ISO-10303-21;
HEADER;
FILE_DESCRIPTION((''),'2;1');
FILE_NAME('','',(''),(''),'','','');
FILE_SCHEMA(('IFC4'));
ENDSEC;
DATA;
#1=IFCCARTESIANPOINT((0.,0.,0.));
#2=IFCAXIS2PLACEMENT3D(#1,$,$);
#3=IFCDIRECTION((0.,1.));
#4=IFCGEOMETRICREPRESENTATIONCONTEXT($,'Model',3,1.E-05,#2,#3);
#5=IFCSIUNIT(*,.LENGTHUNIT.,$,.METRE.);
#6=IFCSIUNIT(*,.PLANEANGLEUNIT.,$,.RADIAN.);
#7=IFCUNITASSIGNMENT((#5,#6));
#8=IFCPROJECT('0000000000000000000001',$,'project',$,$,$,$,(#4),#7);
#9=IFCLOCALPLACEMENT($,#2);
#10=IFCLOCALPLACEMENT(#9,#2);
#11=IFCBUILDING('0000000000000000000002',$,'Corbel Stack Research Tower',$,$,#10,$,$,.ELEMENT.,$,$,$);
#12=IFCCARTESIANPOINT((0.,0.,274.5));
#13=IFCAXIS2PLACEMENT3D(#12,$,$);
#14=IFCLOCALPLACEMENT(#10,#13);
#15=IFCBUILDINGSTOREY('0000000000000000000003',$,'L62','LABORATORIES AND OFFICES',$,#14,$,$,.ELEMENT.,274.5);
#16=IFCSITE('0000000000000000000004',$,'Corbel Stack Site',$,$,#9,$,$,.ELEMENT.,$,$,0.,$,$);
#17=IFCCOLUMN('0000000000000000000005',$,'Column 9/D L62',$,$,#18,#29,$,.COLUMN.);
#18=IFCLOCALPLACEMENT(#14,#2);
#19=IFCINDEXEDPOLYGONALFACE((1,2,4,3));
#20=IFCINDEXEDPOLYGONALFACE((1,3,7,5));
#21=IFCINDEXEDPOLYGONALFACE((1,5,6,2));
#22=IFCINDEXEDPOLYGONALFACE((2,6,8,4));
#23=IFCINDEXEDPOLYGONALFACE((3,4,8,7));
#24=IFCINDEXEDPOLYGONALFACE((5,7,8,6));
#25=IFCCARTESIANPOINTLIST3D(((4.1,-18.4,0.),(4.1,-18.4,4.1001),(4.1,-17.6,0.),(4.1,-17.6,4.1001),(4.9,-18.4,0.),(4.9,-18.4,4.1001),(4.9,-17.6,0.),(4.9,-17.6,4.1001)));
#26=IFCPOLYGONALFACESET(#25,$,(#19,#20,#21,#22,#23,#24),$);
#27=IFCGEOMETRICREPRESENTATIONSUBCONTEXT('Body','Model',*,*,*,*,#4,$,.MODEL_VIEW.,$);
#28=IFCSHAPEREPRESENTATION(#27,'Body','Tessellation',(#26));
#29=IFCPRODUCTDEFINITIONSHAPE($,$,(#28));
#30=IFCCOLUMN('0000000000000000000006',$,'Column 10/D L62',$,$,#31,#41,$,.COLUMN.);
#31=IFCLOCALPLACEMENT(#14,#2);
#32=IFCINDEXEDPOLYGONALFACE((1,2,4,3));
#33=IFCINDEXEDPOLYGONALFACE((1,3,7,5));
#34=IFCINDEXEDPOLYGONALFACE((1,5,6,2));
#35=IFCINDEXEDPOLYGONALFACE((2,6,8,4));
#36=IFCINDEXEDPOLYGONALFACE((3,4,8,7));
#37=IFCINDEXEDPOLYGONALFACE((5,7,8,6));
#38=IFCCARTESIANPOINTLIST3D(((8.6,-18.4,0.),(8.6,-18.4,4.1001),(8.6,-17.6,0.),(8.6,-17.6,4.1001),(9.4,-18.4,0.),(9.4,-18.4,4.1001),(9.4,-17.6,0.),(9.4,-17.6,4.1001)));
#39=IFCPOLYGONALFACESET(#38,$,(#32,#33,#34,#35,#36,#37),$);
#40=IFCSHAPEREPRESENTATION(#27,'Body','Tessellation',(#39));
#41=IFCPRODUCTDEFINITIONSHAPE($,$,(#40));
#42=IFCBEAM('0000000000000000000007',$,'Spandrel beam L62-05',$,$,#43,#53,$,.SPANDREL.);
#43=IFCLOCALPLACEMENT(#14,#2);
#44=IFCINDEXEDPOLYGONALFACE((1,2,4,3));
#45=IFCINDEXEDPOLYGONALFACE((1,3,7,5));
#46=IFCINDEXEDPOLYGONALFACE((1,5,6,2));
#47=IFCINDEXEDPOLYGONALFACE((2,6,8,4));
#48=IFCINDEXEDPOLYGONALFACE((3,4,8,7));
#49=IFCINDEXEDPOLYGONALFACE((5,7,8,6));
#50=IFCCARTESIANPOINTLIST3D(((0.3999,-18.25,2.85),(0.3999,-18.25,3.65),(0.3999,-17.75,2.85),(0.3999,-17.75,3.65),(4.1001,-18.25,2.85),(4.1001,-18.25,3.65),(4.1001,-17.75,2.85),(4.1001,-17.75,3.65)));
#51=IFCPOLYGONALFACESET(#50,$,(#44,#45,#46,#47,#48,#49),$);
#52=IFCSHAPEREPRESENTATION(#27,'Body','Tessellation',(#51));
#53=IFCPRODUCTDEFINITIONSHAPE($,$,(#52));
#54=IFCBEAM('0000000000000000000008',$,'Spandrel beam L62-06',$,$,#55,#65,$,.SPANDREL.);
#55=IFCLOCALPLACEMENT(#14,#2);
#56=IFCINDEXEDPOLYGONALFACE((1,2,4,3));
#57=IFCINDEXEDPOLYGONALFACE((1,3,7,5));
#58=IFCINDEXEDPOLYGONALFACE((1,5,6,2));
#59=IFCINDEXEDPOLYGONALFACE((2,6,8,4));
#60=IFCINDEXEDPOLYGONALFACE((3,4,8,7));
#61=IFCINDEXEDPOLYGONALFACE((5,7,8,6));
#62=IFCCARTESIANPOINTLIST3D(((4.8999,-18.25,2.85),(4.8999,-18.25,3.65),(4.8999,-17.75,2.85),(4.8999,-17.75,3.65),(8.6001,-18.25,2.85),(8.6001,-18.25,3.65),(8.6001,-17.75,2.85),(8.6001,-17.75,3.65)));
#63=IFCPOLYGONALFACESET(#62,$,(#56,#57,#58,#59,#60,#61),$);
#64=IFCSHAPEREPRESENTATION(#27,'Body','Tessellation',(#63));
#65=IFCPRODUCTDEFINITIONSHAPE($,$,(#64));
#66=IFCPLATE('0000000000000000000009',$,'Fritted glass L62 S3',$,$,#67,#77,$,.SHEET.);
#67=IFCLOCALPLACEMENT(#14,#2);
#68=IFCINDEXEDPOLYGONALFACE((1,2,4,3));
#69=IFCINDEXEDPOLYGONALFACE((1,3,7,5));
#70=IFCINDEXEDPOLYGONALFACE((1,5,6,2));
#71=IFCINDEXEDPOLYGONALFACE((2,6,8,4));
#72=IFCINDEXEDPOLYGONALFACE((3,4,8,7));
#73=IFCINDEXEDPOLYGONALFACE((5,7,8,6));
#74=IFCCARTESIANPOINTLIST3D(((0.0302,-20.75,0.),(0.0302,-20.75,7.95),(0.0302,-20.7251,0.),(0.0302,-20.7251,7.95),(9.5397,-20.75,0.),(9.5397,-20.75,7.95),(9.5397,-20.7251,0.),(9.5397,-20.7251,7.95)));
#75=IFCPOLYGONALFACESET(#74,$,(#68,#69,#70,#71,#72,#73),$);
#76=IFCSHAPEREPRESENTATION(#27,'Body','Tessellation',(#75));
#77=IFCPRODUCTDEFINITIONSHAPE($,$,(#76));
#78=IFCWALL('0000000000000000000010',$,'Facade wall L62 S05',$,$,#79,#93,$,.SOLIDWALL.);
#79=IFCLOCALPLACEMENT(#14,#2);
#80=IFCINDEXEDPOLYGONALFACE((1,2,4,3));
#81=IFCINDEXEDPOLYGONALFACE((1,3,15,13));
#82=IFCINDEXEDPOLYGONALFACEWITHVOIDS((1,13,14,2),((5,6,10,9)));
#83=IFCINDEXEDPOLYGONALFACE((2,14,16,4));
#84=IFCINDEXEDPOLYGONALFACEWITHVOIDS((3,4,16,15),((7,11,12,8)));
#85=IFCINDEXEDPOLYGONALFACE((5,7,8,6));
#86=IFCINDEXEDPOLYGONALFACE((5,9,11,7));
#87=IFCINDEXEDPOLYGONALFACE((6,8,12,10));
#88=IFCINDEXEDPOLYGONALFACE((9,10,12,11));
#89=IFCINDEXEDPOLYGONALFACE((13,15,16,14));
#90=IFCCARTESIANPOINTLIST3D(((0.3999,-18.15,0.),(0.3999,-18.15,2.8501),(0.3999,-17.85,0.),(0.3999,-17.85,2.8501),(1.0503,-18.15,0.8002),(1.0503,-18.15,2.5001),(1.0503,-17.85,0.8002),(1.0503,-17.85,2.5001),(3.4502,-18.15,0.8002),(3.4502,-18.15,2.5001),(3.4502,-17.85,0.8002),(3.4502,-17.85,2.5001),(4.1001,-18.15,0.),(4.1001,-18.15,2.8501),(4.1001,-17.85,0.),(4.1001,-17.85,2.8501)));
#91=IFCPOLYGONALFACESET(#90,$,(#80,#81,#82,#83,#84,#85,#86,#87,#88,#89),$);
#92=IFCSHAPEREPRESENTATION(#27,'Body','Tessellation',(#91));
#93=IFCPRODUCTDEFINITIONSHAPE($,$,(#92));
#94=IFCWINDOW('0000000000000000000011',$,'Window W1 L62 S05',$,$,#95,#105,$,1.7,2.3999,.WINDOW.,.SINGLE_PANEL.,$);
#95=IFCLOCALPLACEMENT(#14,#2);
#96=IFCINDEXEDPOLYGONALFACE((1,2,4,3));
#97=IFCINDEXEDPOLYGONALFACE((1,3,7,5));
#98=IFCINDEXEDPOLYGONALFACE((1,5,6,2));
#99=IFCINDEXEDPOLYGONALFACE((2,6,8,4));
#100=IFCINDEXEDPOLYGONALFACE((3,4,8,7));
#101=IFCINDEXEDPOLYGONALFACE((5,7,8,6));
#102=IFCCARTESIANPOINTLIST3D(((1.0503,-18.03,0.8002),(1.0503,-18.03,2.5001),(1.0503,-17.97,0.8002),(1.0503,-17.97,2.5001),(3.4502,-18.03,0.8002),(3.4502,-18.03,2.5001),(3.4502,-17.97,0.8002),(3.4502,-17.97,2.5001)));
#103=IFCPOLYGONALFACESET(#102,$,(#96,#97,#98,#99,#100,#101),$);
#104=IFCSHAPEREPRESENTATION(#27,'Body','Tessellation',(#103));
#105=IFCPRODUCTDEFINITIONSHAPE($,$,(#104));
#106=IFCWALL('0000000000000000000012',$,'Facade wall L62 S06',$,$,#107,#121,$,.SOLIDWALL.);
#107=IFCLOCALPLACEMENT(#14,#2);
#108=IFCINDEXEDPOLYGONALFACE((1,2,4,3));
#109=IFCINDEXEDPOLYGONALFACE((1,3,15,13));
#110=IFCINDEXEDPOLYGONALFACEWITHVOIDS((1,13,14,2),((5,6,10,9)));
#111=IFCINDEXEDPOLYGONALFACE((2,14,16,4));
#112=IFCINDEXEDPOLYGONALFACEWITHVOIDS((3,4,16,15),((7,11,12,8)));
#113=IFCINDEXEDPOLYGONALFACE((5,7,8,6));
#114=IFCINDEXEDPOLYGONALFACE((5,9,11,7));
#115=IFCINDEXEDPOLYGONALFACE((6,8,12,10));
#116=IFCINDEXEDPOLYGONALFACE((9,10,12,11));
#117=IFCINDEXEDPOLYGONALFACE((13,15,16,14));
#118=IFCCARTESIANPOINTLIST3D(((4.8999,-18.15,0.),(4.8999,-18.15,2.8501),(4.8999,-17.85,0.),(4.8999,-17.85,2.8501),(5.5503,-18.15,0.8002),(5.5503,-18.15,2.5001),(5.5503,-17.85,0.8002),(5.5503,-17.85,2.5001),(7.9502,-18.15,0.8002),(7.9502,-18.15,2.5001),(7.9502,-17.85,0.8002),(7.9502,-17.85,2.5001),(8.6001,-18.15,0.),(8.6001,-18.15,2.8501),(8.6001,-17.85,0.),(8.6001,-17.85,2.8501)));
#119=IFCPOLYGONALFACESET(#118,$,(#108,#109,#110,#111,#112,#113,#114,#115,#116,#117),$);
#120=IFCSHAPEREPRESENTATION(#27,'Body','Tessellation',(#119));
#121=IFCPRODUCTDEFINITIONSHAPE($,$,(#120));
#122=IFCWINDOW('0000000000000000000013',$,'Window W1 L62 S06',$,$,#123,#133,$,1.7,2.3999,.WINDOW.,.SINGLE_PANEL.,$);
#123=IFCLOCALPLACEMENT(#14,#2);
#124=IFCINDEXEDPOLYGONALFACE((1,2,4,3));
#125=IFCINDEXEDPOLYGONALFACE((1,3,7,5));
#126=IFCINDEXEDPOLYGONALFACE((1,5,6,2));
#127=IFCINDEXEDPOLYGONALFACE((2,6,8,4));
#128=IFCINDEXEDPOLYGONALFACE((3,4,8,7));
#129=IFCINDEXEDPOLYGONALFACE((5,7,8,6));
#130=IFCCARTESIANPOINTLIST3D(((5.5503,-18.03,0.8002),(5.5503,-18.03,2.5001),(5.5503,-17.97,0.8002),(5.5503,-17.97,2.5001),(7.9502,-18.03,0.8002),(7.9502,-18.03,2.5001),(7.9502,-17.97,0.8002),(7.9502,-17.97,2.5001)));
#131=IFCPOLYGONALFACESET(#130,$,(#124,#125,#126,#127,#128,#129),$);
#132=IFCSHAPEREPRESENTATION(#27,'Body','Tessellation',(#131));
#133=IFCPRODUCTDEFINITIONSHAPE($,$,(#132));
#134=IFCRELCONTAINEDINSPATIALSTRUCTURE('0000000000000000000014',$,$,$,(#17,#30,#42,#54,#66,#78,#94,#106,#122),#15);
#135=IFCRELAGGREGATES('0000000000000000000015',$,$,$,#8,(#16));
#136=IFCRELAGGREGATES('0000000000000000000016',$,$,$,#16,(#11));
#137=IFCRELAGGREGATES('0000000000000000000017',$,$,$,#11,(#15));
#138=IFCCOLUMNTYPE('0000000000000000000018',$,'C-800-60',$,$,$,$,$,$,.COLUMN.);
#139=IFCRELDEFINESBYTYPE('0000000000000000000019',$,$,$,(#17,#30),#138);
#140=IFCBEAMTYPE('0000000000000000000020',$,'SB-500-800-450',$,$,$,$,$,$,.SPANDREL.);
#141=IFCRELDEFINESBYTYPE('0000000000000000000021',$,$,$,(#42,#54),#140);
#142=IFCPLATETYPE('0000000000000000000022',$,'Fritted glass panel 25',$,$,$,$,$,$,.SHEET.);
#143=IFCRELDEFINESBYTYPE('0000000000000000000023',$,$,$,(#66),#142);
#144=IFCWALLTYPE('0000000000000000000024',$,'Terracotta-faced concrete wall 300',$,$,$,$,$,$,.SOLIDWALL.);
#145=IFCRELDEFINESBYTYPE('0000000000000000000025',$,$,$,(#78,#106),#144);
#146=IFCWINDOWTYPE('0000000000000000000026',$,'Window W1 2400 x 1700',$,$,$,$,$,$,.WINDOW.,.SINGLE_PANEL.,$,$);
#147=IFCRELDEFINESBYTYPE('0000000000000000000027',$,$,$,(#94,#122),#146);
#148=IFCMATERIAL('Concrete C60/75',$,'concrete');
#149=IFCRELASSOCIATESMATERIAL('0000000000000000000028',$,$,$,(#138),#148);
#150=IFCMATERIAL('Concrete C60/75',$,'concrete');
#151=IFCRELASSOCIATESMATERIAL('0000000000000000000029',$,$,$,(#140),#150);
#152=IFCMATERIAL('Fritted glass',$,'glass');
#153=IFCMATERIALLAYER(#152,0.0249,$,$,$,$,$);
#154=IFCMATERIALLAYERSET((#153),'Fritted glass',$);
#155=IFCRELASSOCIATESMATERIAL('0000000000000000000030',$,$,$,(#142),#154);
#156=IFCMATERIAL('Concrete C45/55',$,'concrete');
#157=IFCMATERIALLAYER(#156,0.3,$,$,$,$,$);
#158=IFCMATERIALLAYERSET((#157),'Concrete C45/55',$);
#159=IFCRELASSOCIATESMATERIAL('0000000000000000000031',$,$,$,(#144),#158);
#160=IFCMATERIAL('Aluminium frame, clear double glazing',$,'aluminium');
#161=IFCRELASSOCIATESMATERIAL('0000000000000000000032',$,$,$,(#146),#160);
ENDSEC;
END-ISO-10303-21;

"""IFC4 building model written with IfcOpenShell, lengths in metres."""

from ifc_helpers import new_model, si_unit, direction, frame, frame_2d, origin, origin_2d, place, context, subcontext, project, spatial, rectangle, extrude, material, layer, layer_set, material_profile, profile_set, type_object, element, fill, save


model = new_model("IFC4")

# Units and contexts
model_context = context("Model", 3, precision=1e-05, world=origin(), true_north=direction((0.0, 1.0)))
body_context = subcontext(model_context, "Body", "Model", "MODEL_VIEW")
ifc_project = project(units=[si_unit("LENGTHUNIT", "METRE"), si_unit("PLANEANGLEUNIT", "RADIAN")], contexts=[model_context])

# Site, building, storey
site_placement = place(None, origin())
site = spatial("IfcSite", under=ifc_project, at=site_placement, Name="Corbel Stack Site", CompositionType="ELEMENT", RefElevation=0.0)
building_placement = place(site_placement, origin())
building = spatial("IfcBuilding", under=site, at=building_placement, Name="Corbel Stack Research Tower", CompositionType="ELEMENT")
storey_placement = place(building_placement, frame((0.0, 0.0, 274.5)))
storey = spatial("IfcBuildingStorey", under=building, at=storey_placement, Name="L62", Description="LABORATORIES AND OFFICES", CompositionType="ELEMENT", Elevation=274.5)

# Columns
ifc_material_1 = material(Name="Concrete C60/75", Category="concrete")
ifc_material_profile_1 = material_profile(ifc_material_1, rectangle(XDim=0.8, YDim=0.8, at=origin_2d()), Name="RC 800 x 800")
ifc_profile_set_1 = profile_set([ifc_material_profile_1], Name="Concrete C60/75")
column_type = type_object("IfcColumnType", Name="C-800-60", PredefinedType="COLUMN", material=ifc_profile_set_1)
for number, where, z_axis, x_axis, name in (
    (1, (4.5, -18.0, 0.0), (0.0, 0.0, 1.0), (1.0, 0.0, 0.0), "Column 9/D L62"),
    (2, (9.0, -18.0, 0.0), (0.0, 0.0, 1.0), (1.0, 0.0, 0.0), "Column 10/D L62"),
):
    element("IfcColumn", number, at=place(storey_placement, frame(where, z_axis=z_axis, x_axis=x_axis)), inside=storey, type_object=column_type, Name=name, PredefinedType="COLUMN", context=body_context, shape_type="SweptSolid", body=[
        extrude(rectangle(XDim=0.8, YDim=0.8, at=origin_2d()), origin(), (0.0, 0.0, 1.0), 4.1001),
    ])

# Beams
ifc_material_2 = material(Name="Concrete C60/75", Category="concrete")
ifc_material_profile_2 = material_profile(ifc_material_2, rectangle(XDim=0.5, YDim=0.8, at=origin_2d()), Name="RC 500 x 800")
ifc_profile_set_2 = profile_set([ifc_material_profile_2], Name="Concrete C60/75")
beam_type = type_object("IfcBeamType", Name="SB-500-800-450", PredefinedType="SPANDREL", material=ifc_profile_set_2)
for number, where, z_axis, x_axis, name in (
    (3, (0.3999, -18.0, 3.25), (1.0, 0.0, 0.0), (0.0, 1.0, 0.0), "Spandrel beam L62-05"),
    (4, (4.8999, -18.0, 3.25), (1.0, 0.0, 0.0), (0.0, 1.0, 0.0), "Spandrel beam L62-06"),
):
    element("IfcBeam", number, at=place(storey_placement, frame(where, z_axis=z_axis, x_axis=x_axis)), inside=storey, type_object=beam_type, Name=name, PredefinedType="SPANDREL", context=body_context, shape_type="SweptSolid", body=[
        extrude(rectangle(XDim=0.5, YDim=0.8, at=origin_2d()), origin(), (0.0, 0.0, 1.0), 3.7002),
    ])

# Plate
ifc_material_3 = material(Name="Fritted glass", Category="glass")
ifc_layer_1 = layer(ifc_material_3, 0.0249)
ifc_layer_set_1 = layer_set([ifc_layer_1], Name="Fritted glass")
plate_type = type_object("IfcPlateType", Name="Fritted glass panel 25", PredefinedType="SHEET", material=ifc_layer_set_1)
plate_placement = place(storey_placement, frame((4.7849, -20.7375, 0.0), z_axis=(0.0, 0.0, 1.0), x_axis=(1.0, 0.0, 0.0)))
element("IfcPlate", 5, at=plate_placement, inside=storey, type_object=plate_type, Name="Fritted glass L62 S3", PredefinedType="SHEET", context=body_context, shape_type="SweptSolid", body=[
    extrude(rectangle(XDim=9.5095, YDim=0.0249, at=origin_2d()), origin(), (0.0, 0.0, 1.0), 7.95),
])

# Walls, openings, windows
ifc_material_4 = material(Name="Concrete C45/55", Category="concrete")
ifc_layer_2 = layer(ifc_material_4, 0.3)
ifc_layer_set_2 = layer_set([ifc_layer_2], Name="Concrete C45/55")
wall_type = type_object("IfcWallType", Name="Terracotta-faced concrete wall 300", PredefinedType="SOLIDWALL", material=ifc_layer_set_2)
wall_1_placement = place(storey_placement, frame((4.1001, -18.0, 0.0), z_axis=(0.0, 0.0, 1.0), x_axis=(-1.0, 0.0, 0.0)))
wall_1 = element("IfcWall", 6, at=wall_1_placement, inside=storey, type_object=wall_type, Name="Facade wall L62 S05", PredefinedType="SOLIDWALL", context=body_context, shape_type="SweptSolid", body=[
    extrude(rectangle(XDim=3.7002, YDim=0.3, at=frame_2d((1.8501, 0.0))), origin(), (0.0, 0.0, 1.0), 2.8501),
])
opening_1_placement = place(wall_1_placement, frame((0.6499, 0.0, 0.8)))
opening_1 = element("IfcOpeningElement", 7, at=opening_1_placement, cuts=wall_1, PredefinedType="OPENING", context=body_context, shape_type="SweptSolid", body=[
    extrude(rectangle(XDim=2.3999, YDim=1.7, at=frame_2d((1.2, 0.8501))), frame((0.0, 0.1599, 0.0), z_axis=(0.0, -1.0, 0.0), x_axis=(1.0, 0.0, 0.0)), (0.0, 0.0, 1.0), 0.3201),
])
ifc_material_5 = material(Name="Aluminium frame, clear double glazing", Category="aluminium")
window_type = type_object("IfcWindowType", Name="Window W1 2400 x 1700", PartitioningType="SINGLE_PANEL", PredefinedType="WINDOW", material=ifc_material_5)
window_1_placement = place(opening_1_placement, origin())
window_1 = element("IfcWindow", 8, at=window_1_placement, inside=storey, type_object=window_type, Name="Window W1 L62 S05", OverallHeight=1.7, OverallWidth=2.3999, PartitioningType="SINGLE_PANEL", PredefinedType="WINDOW", context=body_context, shape_type="SweptSolid", body=[
    extrude(rectangle(XDim=2.3999, YDim=1.7, at=frame_2d((1.2, 0.8501))), frame((0.0, 0.03, 0.0), z_axis=(0.0, -1.0, 0.0), x_axis=(1.0, 0.0, 0.0)), (0.0, 0.0, 1.0), 0.0601),
])
fill(opening_1, window_1)
wall_2_placement = place(storey_placement, frame((8.6001, -18.0, 0.0), z_axis=(0.0, 0.0, 1.0), x_axis=(-1.0, 0.0, 0.0)))
wall_2 = element("IfcWall", 9, at=wall_2_placement, inside=storey, type_object=wall_type, Name="Facade wall L62 S06", PredefinedType="SOLIDWALL", context=body_context, shape_type="SweptSolid", body=[
    extrude(rectangle(XDim=3.7002, YDim=0.3, at=frame_2d((1.8501, 0.0))), origin(), (0.0, 0.0, 1.0), 2.8501),
])
opening_2_placement = place(wall_2_placement, frame((0.6499, 0.0, 0.8)))
opening_2 = element("IfcOpeningElement", 10, at=opening_2_placement, cuts=wall_2, PredefinedType="OPENING", context=body_context, shape_type="SweptSolid", body=[
    extrude(rectangle(XDim=2.3999, YDim=1.7, at=frame_2d((1.2, 0.8501))), frame((0.0, 0.1599, 0.0), z_axis=(0.0, -1.0, 0.0), x_axis=(1.0, 0.0, 0.0)), (0.0, 0.0, 1.0), 0.3201),
])
window_2_placement = place(opening_2_placement, origin())
window_2 = element("IfcWindow", 11, at=window_2_placement, inside=storey, type_object=window_type, Name="Window W1 L62 S06", OverallHeight=1.7, OverallWidth=2.3999, PartitioningType="SINGLE_PANEL", PredefinedType="WINDOW", context=body_context, shape_type="SweptSolid", body=[
    extrude(rectangle(XDim=2.3999, YDim=1.7, at=frame_2d((1.2, 0.8501))), frame((0.0, 0.03, 0.0), z_axis=(0.0, -1.0, 0.0), x_axis=(1.0, 0.0, 0.0)), (0.0, 0.0, 1.0), 0.0601),
])
fill(opening_2, window_2)

save(model, "model.ifc")
